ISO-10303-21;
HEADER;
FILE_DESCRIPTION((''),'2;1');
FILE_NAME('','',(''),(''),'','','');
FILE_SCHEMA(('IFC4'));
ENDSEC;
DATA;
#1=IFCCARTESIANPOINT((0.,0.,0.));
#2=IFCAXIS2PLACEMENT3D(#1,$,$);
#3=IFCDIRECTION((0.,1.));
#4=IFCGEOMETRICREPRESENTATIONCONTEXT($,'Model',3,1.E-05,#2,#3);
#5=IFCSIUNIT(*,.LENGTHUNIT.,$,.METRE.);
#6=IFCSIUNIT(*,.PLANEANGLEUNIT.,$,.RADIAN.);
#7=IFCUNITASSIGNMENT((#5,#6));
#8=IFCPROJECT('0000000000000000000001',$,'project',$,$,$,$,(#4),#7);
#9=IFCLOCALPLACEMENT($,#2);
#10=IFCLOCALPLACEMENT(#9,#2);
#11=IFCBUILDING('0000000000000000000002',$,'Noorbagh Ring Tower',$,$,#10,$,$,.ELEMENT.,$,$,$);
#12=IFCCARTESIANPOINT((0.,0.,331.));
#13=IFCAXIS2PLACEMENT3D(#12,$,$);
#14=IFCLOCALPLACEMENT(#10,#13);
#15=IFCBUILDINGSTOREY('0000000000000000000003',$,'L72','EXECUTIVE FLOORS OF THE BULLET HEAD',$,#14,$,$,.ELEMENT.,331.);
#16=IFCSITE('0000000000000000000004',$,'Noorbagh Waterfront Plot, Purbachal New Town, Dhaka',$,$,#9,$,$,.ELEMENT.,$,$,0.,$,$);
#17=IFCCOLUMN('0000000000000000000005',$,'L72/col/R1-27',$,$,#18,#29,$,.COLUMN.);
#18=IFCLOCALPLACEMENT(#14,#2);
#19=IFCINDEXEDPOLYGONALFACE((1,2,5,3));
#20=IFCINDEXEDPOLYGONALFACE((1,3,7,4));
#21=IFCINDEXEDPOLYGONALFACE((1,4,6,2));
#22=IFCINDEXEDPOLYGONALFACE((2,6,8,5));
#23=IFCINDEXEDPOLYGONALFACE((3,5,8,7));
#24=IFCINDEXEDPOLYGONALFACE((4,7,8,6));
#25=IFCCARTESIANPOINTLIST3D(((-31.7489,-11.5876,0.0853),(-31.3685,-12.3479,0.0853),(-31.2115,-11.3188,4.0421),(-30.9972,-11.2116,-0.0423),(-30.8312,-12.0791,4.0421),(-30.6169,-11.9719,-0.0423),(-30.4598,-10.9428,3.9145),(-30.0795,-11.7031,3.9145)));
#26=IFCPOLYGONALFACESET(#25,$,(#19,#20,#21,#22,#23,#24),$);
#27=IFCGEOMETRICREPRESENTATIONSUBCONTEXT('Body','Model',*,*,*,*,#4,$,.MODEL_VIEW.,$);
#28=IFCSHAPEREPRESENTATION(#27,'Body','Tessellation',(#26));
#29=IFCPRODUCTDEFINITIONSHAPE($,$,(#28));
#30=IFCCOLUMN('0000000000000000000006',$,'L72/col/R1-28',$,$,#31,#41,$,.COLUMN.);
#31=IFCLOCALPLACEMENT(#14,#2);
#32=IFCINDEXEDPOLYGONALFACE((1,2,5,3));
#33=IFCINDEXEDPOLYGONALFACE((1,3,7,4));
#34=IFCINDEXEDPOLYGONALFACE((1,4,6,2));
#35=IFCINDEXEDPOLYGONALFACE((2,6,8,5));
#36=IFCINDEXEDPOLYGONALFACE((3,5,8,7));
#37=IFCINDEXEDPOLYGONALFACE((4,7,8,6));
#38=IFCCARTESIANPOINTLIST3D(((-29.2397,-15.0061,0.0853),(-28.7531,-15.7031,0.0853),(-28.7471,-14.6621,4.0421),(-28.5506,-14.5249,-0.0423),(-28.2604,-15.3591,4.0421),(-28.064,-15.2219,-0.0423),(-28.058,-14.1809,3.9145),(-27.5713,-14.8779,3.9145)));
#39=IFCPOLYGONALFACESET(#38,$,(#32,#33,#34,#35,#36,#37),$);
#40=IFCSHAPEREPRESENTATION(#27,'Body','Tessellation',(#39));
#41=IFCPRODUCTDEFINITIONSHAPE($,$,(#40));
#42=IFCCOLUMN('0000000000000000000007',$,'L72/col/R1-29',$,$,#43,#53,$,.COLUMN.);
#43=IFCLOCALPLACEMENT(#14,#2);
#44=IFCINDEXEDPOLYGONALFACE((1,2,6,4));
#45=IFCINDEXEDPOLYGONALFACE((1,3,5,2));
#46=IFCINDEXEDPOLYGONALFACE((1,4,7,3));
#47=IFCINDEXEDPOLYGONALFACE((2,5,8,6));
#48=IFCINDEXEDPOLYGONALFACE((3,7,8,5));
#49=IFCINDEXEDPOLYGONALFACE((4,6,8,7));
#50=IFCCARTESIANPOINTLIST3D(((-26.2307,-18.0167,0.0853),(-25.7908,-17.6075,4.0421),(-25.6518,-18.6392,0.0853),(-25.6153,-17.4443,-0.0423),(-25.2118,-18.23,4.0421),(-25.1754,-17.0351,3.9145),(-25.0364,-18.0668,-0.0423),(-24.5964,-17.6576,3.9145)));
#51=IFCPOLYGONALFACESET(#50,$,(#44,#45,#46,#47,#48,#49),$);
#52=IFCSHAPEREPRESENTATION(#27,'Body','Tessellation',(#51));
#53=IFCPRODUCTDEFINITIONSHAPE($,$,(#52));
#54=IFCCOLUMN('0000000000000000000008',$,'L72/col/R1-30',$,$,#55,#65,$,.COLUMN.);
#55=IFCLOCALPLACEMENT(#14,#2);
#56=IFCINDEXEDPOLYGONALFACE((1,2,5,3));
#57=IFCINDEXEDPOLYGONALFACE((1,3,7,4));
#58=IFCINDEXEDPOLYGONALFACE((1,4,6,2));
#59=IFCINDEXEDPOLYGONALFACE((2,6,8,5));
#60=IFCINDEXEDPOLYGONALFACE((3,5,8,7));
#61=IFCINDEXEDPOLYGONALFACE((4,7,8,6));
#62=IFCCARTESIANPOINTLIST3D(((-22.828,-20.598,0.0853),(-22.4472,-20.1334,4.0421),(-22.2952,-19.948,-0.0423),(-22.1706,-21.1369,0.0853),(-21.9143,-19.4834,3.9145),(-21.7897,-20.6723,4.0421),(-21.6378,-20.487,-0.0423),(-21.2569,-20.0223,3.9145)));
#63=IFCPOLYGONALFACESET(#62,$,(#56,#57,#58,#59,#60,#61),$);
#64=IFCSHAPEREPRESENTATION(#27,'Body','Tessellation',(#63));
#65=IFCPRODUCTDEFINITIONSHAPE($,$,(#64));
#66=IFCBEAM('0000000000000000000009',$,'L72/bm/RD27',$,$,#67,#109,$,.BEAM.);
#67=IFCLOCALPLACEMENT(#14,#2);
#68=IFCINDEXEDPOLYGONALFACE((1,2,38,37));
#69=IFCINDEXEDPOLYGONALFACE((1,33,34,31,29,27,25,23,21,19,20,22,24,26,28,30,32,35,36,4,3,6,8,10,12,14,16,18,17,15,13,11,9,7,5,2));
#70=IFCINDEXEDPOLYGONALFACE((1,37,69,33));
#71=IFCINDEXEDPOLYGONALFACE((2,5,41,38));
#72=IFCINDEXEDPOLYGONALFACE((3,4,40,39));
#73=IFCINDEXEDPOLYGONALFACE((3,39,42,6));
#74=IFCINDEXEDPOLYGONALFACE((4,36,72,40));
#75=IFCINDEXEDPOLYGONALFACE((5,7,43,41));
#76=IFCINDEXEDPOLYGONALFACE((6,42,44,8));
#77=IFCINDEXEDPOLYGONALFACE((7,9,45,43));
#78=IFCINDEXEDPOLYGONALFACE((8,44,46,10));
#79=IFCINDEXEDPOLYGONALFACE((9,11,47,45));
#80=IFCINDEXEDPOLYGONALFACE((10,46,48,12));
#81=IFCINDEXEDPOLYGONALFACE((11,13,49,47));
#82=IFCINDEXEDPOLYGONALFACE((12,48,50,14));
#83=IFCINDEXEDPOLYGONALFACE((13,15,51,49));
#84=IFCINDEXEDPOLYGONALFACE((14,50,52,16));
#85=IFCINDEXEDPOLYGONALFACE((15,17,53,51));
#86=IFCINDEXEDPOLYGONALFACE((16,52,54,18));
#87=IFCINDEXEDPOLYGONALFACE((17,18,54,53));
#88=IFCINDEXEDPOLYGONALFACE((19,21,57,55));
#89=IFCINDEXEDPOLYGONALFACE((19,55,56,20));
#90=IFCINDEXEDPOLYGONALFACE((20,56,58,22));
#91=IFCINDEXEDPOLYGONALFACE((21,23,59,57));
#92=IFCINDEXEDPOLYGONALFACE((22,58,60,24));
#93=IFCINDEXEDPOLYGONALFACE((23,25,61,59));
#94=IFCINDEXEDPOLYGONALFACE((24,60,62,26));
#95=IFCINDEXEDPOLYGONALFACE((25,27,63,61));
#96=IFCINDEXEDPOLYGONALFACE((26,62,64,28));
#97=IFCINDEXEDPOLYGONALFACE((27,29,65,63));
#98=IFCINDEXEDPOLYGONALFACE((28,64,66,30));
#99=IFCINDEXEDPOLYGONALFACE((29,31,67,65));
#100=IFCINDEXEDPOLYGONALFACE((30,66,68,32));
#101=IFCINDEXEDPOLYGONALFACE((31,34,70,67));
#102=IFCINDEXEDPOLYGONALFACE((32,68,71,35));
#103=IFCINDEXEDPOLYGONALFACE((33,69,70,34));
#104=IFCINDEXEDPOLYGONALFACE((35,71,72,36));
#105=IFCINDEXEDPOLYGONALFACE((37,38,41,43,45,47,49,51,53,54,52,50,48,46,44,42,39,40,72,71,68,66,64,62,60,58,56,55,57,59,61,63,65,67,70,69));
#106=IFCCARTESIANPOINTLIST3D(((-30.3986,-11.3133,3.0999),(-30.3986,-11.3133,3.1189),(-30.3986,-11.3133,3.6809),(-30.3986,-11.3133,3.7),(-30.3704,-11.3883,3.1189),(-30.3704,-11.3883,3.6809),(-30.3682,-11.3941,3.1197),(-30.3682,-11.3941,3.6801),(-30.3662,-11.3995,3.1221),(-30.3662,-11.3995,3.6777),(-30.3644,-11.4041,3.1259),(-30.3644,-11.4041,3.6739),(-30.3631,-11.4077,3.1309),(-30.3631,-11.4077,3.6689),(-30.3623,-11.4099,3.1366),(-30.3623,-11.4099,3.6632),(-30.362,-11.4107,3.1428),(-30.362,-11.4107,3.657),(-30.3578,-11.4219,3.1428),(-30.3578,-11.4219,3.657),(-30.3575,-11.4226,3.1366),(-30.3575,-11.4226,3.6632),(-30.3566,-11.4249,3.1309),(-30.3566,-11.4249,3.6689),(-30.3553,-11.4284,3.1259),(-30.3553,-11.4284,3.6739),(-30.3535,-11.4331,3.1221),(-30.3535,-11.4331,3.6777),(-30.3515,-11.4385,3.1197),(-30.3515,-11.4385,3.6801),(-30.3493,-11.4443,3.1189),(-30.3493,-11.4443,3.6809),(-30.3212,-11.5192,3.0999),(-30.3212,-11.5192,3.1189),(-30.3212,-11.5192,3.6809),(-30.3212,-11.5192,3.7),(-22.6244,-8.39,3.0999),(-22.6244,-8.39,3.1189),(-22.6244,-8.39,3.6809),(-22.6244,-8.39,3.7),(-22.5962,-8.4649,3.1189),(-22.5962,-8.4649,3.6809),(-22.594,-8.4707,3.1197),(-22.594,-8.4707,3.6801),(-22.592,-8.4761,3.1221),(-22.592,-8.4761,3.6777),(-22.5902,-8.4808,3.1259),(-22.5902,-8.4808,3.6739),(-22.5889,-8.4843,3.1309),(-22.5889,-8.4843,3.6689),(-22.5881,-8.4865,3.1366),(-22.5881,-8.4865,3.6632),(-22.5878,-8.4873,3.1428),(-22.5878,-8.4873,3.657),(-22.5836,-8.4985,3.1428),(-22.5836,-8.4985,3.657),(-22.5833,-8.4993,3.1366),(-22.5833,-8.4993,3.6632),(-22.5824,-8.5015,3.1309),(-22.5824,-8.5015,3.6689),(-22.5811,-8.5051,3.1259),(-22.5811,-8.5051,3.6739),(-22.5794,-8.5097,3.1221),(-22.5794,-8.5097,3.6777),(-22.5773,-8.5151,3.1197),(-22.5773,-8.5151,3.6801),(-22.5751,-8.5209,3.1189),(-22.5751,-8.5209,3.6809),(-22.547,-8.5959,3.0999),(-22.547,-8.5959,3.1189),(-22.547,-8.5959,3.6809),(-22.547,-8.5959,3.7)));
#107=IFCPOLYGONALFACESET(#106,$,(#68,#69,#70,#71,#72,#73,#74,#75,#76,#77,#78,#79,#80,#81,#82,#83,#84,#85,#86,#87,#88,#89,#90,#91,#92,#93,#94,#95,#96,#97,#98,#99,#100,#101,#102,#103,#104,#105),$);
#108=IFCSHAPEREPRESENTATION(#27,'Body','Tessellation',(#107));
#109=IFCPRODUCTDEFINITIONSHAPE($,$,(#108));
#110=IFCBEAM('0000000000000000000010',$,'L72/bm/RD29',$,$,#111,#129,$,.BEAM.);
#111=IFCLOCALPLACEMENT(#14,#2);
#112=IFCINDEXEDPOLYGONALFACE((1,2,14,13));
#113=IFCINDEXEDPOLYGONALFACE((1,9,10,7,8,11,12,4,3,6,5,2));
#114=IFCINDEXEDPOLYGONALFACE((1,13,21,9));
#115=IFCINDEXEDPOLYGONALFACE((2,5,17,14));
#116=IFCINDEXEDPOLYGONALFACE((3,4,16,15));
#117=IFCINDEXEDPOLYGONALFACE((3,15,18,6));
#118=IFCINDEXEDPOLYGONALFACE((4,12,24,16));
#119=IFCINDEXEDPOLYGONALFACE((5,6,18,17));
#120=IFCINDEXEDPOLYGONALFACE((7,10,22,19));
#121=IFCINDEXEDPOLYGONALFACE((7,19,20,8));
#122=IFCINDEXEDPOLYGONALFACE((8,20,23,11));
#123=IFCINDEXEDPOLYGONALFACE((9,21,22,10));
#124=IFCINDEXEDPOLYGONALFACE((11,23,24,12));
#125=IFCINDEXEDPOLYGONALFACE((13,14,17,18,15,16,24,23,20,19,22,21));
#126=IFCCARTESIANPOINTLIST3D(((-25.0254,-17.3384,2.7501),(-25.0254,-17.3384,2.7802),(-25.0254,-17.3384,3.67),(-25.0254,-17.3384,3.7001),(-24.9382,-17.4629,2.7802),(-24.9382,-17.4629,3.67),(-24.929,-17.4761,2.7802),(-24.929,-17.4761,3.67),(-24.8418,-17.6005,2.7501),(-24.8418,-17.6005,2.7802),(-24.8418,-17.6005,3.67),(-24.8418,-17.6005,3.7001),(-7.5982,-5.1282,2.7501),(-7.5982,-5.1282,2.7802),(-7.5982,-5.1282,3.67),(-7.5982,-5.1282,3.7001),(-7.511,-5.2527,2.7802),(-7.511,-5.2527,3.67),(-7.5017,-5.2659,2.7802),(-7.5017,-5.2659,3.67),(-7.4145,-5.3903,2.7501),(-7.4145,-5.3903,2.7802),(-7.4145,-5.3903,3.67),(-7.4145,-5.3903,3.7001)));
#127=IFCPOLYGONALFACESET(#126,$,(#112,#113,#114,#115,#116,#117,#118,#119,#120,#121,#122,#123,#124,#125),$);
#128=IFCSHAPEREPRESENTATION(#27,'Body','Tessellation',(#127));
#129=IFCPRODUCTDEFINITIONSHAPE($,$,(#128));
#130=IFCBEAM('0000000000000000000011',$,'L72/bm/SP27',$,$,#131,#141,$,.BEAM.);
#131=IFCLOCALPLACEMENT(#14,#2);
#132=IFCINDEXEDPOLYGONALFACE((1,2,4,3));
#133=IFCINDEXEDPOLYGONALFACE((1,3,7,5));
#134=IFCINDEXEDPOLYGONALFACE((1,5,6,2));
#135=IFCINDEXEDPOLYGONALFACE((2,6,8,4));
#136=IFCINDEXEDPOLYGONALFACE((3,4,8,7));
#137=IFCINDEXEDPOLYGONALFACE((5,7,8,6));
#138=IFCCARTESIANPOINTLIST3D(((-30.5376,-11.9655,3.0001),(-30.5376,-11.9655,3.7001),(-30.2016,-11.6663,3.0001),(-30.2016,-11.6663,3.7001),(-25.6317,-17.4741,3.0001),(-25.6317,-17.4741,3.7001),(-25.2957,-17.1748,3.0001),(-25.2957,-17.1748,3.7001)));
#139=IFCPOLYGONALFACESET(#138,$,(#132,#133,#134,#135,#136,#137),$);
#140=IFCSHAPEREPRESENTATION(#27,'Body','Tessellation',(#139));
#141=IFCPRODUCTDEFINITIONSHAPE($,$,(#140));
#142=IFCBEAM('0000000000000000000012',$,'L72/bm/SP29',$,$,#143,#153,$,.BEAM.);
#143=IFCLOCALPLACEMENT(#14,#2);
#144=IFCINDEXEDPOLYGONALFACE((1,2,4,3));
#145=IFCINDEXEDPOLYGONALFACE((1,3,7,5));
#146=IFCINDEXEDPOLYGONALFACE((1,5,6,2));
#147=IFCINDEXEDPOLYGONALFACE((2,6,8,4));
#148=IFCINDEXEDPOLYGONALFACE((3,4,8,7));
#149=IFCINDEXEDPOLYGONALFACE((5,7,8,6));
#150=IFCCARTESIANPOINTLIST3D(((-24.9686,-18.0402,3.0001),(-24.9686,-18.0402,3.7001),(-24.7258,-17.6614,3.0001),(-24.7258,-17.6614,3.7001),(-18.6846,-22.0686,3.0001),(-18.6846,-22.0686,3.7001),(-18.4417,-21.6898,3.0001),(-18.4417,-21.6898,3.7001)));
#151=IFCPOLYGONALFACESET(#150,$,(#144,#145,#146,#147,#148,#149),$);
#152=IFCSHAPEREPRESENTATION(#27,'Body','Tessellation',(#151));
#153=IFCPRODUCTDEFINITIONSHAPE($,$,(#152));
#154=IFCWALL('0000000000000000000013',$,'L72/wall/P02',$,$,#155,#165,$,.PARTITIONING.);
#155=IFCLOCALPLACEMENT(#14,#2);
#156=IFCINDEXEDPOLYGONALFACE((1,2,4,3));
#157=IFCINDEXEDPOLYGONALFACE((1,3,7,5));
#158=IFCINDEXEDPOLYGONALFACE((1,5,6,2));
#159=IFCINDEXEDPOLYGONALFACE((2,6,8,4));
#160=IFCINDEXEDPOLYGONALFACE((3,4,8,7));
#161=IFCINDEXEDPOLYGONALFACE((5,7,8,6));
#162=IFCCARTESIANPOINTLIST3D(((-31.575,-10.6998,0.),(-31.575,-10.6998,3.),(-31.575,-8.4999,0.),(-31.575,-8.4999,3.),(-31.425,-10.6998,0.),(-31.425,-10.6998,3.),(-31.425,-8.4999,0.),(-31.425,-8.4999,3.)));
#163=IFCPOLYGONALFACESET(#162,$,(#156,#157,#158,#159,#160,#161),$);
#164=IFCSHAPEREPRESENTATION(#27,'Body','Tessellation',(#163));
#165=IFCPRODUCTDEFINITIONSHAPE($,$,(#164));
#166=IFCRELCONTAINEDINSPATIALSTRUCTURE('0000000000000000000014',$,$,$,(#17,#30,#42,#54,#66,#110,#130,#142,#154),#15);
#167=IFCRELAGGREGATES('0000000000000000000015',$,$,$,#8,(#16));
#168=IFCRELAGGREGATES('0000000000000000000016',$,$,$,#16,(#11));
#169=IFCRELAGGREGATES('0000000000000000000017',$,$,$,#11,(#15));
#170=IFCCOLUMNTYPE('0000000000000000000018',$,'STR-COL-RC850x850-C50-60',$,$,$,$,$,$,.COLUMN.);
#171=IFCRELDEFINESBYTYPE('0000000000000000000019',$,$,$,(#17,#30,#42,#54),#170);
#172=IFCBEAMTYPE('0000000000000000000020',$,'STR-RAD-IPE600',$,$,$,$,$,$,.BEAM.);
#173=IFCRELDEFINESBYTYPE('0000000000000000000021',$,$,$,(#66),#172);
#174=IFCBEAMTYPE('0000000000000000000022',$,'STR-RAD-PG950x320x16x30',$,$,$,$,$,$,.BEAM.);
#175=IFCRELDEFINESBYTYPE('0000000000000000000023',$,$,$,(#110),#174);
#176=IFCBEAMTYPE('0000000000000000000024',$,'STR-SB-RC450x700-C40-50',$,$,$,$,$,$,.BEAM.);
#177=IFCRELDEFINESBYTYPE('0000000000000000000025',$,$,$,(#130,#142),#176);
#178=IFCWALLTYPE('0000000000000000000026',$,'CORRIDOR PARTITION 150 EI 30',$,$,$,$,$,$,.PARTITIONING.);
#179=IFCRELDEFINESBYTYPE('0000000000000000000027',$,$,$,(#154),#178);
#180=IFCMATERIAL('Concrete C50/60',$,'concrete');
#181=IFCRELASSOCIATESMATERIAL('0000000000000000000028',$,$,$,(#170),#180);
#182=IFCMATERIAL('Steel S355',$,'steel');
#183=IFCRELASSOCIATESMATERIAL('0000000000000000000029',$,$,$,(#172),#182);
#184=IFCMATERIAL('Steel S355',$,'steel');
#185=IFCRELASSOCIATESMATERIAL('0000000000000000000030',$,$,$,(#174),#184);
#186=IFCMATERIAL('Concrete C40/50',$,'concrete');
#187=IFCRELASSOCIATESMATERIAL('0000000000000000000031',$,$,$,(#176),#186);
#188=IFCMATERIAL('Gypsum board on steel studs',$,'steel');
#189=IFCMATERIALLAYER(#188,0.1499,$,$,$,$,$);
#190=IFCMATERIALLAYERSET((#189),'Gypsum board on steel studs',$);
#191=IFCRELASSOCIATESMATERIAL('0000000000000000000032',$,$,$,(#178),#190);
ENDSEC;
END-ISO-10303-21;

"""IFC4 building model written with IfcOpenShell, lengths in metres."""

from ifc_helpers import new_model, si_unit, direction, frame, frame_2d, origin, origin_2d, place, context, subcontext, project, spatial, rectangle, i_section, extrude, material, layer, layer_set, material_profile, profile_set, type_object, element, save


model = new_model("IFC4")

# Units and contexts
model_context = context("Model", 3, precision=1e-05, world=origin(), true_north=direction((0.0, 1.0)))
body_context = subcontext(model_context, "Body", "Model", "MODEL_VIEW")
ifc_project = project(units=[si_unit("LENGTHUNIT", "METRE"), si_unit("PLANEANGLEUNIT", "RADIAN")], contexts=[model_context])

# Site, building, storey
site_placement = place(None, origin())
site = spatial("IfcSite", under=ifc_project, at=site_placement, Name="Noorbagh Waterfront Plot, Purbachal New Town, Dhaka", CompositionType="ELEMENT", RefElevation=0.0)
building_placement = place(site_placement, origin())
building = spatial("IfcBuilding", under=site, at=building_placement, Name="Noorbagh Ring Tower", CompositionType="ELEMENT")
storey_placement = place(building_placement, frame((0.0, 0.0, 331.0)))
storey = spatial("IfcBuildingStorey", under=building, at=storey_placement, Name="L72", Description="EXECUTIVE FLOORS OF THE BULLET HEAD", CompositionType="ELEMENT", Elevation=331.0)

# Columns
ifc_material_1 = material(Name="Concrete C50/60", Category="concrete")
ifc_material_profile_1 = material_profile(ifc_material_1, rectangle(XDim=0.8501, YDim=0.8501, at=origin_2d()), Name="RC850x850")
ifc_profile_set_1 = profile_set([ifc_material_profile_1], Name="Concrete C50/60")
column_type = type_object("IfcColumnType", Name="STR-COL-RC850x850-C50-60", PredefinedType="COLUMN", material=ifc_profile_set_1)
for number, where, z_axis, x_axis, name in (
    (1, (-31.1829, -11.7798, 0.0215), (0.134266, 0.067164, 0.988667), (-0.447376, 0.894346, 0.0), "L72/col/R1-27"),
    (2, (-28.6519, -15.114, 0.0215), (0.123103, 0.085952, 0.988665), (-0.57248, 0.819919, 0.0), "L72/col/R1-28"),
    (3, (-25.6335, -18.0417, 0.0215), (0.109926, 0.10224, 0.988667), (-0.681043, 0.732243, 0.0), "L72/col/R1-29"),
    (4, (-22.2329, -20.5425, 0.0215), (0.095164, 0.116088, 0.988669), (-0.773359, 0.633968, 0.0), "L72/col/R1-30"),
):
    element("IfcColumn", number, at=place(storey_placement, frame(where, z_axis=z_axis, x_axis=x_axis)), inside=storey, type_object=column_type, Name=name, PredefinedType="COLUMN", context=body_context, shape_type="SweptSolid", body=[
        extrude(rectangle(XDim=0.8501, YDim=0.8501, at=origin_2d()), origin(), (0.0, 0.0, 1.0), 4.0022),
    ])

# Beams
ifc_material_2 = material(Name="Steel S355", Category="steel")
ifc_material_profile_2 = material_profile(ifc_material_2, i_section(OverallWidth=0.22, OverallDepth=0.6001, WebThickness=0.012, FlangeThickness=0.019, FilletRadius=0.0239, at=origin_2d()), Name="IPE600")
ifc_profile_set_2 = profile_set([ifc_material_profile_2], Name="Steel S355")
beam_type_1 = type_object("IfcBeamType", Name="STR-RAD-IPE600", PredefinedType="BEAM", material=ifc_profile_set_2)
beam_1_placement = place(storey_placement, frame((-30.3599, -11.4163, 3.3999), z_axis=(0.936011, 0.351971, 0.0), x_axis=(-0.351971, 0.936011, 0.0)))
element("IfcBeam", 5, at=beam_1_placement, inside=storey, type_object=beam_type_1, Name="L72/bm/RD27", PredefinedType="BEAM", context=body_context, shape_type="SweptSolid", body=[
    extrude(i_section(OverallWidth=0.22, OverallDepth=0.6001, WebThickness=0.012, FlangeThickness=0.019, FilletRadius=0.0239, at=origin_2d()), origin(), (0.0, 0.0, 1.0), 8.3057),
])
ifc_material_3 = material(Name="Steel S355", Category="steel")
ifc_material_profile_3 = material_profile(ifc_material_3, i_section(OverallWidth=0.3201, OverallDepth=0.95, WebThickness=0.0161, FlangeThickness=0.03, at=origin_2d()), Name="PG950x320x16x30")
ifc_profile_set_3 = profile_set([ifc_material_profile_3], Name="Steel S355")
beam_type_2 = type_object("IfcBeamType", Name="STR-RAD-PG950x320x16x30", PredefinedType="BEAM", material=ifc_profile_set_3)
beam_2_placement = place(storey_placement, frame((-24.9336, -17.4695, 3.2251), z_axis=(0.818986, 0.573813, 0.0), x_axis=(-0.573813, 0.818986, 0.0)))
element("IfcBeam", 6, at=beam_2_placement, inside=storey, type_object=beam_type_2, Name="L72/bm/RD29", PredefinedType="BEAM", context=body_context, shape_type="SweptSolid", body=[
    extrude(i_section(OverallWidth=0.3201, OverallDepth=0.95, WebThickness=0.0161, FlangeThickness=0.03, at=origin_2d()), origin(), (0.0, 0.0, 1.0), 21.2791),
])
ifc_material_4 = material(Name="Concrete C40/50", Category="concrete")
ifc_material_profile_4 = material_profile(ifc_material_4, rectangle(XDim=0.45, YDim=0.7, at=origin_2d()), Name="RC450x700")
ifc_profile_set_4 = profile_set([ifc_material_profile_4], Name="Concrete C40/50")
beam_type_3 = type_object("IfcBeamType", Name="STR-SB-RC450x700-C40-50", PredefinedType="BEAM", material=ifc_profile_set_4)
beam_3_placement = place(storey_placement, frame((-30.3696, -11.8159, 3.3501), z_axis=(0.665085, -0.746768, 0.0), x_axis=(0.746768, 0.665085, 0.0)))
element("IfcBeam", 7, at=beam_3_placement, inside=storey, type_object=beam_type_3, Name="L72/bm/SP27", PredefinedType="BEAM", context=body_context, shape_type="SweptSolid", body=[
    extrude(rectangle(XDim=0.45, YDim=0.7, at=origin_2d()), origin(), (0.0, 0.0, 1.0), 7.3765),
])
beam_4_placement = place(storey_placement, frame((-24.8472, -17.8508, 3.3501), z_axis=(0.84187, -0.539681, 0.0), x_axis=(0.539681, 0.84187, 0.0)))
element("IfcBeam", 8, at=beam_4_placement, inside=storey, type_object=beam_type_3, Name="L72/bm/SP29", PredefinedType="BEAM", context=body_context, shape_type="SweptSolid", body=[
    extrude(rectangle(XDim=0.45, YDim=0.7, at=origin_2d()), origin(), (0.0, 0.0, 1.0), 7.4644),
])

# Wall
ifc_material_5 = material(Name="Gypsum board on steel studs", Category="steel")
ifc_layer_1 = layer(ifc_material_5, 0.1499)
ifc_layer_set_1 = layer_set([ifc_layer_1], Name="Gypsum board on steel studs")
wall_type_1 = type_object("IfcWallType", Name="CORRIDOR PARTITION 150 EI 30", PredefinedType="PARTITIONING", material=ifc_layer_set_1)
wall_1_placement = place(storey_placement, frame((-31.5, -10.7, 0.0), z_axis=(0.0, 0.0, 1.0), x_axis=(0.0, 1.0, 0.0)))
element("IfcWall", 9, at=wall_1_placement, inside=storey, type_object=wall_type_1, Name="L72/wall/P02", PredefinedType="PARTITIONING", context=body_context, shape_type="SweptSolid", body=[
    extrude(rectangle(XDim=2.2, YDim=0.1499, at=frame_2d((1.1001, 0.0))), origin(), (0.0, 0.0, 1.0), 3.0),
])

save(model, "model.ifc")
